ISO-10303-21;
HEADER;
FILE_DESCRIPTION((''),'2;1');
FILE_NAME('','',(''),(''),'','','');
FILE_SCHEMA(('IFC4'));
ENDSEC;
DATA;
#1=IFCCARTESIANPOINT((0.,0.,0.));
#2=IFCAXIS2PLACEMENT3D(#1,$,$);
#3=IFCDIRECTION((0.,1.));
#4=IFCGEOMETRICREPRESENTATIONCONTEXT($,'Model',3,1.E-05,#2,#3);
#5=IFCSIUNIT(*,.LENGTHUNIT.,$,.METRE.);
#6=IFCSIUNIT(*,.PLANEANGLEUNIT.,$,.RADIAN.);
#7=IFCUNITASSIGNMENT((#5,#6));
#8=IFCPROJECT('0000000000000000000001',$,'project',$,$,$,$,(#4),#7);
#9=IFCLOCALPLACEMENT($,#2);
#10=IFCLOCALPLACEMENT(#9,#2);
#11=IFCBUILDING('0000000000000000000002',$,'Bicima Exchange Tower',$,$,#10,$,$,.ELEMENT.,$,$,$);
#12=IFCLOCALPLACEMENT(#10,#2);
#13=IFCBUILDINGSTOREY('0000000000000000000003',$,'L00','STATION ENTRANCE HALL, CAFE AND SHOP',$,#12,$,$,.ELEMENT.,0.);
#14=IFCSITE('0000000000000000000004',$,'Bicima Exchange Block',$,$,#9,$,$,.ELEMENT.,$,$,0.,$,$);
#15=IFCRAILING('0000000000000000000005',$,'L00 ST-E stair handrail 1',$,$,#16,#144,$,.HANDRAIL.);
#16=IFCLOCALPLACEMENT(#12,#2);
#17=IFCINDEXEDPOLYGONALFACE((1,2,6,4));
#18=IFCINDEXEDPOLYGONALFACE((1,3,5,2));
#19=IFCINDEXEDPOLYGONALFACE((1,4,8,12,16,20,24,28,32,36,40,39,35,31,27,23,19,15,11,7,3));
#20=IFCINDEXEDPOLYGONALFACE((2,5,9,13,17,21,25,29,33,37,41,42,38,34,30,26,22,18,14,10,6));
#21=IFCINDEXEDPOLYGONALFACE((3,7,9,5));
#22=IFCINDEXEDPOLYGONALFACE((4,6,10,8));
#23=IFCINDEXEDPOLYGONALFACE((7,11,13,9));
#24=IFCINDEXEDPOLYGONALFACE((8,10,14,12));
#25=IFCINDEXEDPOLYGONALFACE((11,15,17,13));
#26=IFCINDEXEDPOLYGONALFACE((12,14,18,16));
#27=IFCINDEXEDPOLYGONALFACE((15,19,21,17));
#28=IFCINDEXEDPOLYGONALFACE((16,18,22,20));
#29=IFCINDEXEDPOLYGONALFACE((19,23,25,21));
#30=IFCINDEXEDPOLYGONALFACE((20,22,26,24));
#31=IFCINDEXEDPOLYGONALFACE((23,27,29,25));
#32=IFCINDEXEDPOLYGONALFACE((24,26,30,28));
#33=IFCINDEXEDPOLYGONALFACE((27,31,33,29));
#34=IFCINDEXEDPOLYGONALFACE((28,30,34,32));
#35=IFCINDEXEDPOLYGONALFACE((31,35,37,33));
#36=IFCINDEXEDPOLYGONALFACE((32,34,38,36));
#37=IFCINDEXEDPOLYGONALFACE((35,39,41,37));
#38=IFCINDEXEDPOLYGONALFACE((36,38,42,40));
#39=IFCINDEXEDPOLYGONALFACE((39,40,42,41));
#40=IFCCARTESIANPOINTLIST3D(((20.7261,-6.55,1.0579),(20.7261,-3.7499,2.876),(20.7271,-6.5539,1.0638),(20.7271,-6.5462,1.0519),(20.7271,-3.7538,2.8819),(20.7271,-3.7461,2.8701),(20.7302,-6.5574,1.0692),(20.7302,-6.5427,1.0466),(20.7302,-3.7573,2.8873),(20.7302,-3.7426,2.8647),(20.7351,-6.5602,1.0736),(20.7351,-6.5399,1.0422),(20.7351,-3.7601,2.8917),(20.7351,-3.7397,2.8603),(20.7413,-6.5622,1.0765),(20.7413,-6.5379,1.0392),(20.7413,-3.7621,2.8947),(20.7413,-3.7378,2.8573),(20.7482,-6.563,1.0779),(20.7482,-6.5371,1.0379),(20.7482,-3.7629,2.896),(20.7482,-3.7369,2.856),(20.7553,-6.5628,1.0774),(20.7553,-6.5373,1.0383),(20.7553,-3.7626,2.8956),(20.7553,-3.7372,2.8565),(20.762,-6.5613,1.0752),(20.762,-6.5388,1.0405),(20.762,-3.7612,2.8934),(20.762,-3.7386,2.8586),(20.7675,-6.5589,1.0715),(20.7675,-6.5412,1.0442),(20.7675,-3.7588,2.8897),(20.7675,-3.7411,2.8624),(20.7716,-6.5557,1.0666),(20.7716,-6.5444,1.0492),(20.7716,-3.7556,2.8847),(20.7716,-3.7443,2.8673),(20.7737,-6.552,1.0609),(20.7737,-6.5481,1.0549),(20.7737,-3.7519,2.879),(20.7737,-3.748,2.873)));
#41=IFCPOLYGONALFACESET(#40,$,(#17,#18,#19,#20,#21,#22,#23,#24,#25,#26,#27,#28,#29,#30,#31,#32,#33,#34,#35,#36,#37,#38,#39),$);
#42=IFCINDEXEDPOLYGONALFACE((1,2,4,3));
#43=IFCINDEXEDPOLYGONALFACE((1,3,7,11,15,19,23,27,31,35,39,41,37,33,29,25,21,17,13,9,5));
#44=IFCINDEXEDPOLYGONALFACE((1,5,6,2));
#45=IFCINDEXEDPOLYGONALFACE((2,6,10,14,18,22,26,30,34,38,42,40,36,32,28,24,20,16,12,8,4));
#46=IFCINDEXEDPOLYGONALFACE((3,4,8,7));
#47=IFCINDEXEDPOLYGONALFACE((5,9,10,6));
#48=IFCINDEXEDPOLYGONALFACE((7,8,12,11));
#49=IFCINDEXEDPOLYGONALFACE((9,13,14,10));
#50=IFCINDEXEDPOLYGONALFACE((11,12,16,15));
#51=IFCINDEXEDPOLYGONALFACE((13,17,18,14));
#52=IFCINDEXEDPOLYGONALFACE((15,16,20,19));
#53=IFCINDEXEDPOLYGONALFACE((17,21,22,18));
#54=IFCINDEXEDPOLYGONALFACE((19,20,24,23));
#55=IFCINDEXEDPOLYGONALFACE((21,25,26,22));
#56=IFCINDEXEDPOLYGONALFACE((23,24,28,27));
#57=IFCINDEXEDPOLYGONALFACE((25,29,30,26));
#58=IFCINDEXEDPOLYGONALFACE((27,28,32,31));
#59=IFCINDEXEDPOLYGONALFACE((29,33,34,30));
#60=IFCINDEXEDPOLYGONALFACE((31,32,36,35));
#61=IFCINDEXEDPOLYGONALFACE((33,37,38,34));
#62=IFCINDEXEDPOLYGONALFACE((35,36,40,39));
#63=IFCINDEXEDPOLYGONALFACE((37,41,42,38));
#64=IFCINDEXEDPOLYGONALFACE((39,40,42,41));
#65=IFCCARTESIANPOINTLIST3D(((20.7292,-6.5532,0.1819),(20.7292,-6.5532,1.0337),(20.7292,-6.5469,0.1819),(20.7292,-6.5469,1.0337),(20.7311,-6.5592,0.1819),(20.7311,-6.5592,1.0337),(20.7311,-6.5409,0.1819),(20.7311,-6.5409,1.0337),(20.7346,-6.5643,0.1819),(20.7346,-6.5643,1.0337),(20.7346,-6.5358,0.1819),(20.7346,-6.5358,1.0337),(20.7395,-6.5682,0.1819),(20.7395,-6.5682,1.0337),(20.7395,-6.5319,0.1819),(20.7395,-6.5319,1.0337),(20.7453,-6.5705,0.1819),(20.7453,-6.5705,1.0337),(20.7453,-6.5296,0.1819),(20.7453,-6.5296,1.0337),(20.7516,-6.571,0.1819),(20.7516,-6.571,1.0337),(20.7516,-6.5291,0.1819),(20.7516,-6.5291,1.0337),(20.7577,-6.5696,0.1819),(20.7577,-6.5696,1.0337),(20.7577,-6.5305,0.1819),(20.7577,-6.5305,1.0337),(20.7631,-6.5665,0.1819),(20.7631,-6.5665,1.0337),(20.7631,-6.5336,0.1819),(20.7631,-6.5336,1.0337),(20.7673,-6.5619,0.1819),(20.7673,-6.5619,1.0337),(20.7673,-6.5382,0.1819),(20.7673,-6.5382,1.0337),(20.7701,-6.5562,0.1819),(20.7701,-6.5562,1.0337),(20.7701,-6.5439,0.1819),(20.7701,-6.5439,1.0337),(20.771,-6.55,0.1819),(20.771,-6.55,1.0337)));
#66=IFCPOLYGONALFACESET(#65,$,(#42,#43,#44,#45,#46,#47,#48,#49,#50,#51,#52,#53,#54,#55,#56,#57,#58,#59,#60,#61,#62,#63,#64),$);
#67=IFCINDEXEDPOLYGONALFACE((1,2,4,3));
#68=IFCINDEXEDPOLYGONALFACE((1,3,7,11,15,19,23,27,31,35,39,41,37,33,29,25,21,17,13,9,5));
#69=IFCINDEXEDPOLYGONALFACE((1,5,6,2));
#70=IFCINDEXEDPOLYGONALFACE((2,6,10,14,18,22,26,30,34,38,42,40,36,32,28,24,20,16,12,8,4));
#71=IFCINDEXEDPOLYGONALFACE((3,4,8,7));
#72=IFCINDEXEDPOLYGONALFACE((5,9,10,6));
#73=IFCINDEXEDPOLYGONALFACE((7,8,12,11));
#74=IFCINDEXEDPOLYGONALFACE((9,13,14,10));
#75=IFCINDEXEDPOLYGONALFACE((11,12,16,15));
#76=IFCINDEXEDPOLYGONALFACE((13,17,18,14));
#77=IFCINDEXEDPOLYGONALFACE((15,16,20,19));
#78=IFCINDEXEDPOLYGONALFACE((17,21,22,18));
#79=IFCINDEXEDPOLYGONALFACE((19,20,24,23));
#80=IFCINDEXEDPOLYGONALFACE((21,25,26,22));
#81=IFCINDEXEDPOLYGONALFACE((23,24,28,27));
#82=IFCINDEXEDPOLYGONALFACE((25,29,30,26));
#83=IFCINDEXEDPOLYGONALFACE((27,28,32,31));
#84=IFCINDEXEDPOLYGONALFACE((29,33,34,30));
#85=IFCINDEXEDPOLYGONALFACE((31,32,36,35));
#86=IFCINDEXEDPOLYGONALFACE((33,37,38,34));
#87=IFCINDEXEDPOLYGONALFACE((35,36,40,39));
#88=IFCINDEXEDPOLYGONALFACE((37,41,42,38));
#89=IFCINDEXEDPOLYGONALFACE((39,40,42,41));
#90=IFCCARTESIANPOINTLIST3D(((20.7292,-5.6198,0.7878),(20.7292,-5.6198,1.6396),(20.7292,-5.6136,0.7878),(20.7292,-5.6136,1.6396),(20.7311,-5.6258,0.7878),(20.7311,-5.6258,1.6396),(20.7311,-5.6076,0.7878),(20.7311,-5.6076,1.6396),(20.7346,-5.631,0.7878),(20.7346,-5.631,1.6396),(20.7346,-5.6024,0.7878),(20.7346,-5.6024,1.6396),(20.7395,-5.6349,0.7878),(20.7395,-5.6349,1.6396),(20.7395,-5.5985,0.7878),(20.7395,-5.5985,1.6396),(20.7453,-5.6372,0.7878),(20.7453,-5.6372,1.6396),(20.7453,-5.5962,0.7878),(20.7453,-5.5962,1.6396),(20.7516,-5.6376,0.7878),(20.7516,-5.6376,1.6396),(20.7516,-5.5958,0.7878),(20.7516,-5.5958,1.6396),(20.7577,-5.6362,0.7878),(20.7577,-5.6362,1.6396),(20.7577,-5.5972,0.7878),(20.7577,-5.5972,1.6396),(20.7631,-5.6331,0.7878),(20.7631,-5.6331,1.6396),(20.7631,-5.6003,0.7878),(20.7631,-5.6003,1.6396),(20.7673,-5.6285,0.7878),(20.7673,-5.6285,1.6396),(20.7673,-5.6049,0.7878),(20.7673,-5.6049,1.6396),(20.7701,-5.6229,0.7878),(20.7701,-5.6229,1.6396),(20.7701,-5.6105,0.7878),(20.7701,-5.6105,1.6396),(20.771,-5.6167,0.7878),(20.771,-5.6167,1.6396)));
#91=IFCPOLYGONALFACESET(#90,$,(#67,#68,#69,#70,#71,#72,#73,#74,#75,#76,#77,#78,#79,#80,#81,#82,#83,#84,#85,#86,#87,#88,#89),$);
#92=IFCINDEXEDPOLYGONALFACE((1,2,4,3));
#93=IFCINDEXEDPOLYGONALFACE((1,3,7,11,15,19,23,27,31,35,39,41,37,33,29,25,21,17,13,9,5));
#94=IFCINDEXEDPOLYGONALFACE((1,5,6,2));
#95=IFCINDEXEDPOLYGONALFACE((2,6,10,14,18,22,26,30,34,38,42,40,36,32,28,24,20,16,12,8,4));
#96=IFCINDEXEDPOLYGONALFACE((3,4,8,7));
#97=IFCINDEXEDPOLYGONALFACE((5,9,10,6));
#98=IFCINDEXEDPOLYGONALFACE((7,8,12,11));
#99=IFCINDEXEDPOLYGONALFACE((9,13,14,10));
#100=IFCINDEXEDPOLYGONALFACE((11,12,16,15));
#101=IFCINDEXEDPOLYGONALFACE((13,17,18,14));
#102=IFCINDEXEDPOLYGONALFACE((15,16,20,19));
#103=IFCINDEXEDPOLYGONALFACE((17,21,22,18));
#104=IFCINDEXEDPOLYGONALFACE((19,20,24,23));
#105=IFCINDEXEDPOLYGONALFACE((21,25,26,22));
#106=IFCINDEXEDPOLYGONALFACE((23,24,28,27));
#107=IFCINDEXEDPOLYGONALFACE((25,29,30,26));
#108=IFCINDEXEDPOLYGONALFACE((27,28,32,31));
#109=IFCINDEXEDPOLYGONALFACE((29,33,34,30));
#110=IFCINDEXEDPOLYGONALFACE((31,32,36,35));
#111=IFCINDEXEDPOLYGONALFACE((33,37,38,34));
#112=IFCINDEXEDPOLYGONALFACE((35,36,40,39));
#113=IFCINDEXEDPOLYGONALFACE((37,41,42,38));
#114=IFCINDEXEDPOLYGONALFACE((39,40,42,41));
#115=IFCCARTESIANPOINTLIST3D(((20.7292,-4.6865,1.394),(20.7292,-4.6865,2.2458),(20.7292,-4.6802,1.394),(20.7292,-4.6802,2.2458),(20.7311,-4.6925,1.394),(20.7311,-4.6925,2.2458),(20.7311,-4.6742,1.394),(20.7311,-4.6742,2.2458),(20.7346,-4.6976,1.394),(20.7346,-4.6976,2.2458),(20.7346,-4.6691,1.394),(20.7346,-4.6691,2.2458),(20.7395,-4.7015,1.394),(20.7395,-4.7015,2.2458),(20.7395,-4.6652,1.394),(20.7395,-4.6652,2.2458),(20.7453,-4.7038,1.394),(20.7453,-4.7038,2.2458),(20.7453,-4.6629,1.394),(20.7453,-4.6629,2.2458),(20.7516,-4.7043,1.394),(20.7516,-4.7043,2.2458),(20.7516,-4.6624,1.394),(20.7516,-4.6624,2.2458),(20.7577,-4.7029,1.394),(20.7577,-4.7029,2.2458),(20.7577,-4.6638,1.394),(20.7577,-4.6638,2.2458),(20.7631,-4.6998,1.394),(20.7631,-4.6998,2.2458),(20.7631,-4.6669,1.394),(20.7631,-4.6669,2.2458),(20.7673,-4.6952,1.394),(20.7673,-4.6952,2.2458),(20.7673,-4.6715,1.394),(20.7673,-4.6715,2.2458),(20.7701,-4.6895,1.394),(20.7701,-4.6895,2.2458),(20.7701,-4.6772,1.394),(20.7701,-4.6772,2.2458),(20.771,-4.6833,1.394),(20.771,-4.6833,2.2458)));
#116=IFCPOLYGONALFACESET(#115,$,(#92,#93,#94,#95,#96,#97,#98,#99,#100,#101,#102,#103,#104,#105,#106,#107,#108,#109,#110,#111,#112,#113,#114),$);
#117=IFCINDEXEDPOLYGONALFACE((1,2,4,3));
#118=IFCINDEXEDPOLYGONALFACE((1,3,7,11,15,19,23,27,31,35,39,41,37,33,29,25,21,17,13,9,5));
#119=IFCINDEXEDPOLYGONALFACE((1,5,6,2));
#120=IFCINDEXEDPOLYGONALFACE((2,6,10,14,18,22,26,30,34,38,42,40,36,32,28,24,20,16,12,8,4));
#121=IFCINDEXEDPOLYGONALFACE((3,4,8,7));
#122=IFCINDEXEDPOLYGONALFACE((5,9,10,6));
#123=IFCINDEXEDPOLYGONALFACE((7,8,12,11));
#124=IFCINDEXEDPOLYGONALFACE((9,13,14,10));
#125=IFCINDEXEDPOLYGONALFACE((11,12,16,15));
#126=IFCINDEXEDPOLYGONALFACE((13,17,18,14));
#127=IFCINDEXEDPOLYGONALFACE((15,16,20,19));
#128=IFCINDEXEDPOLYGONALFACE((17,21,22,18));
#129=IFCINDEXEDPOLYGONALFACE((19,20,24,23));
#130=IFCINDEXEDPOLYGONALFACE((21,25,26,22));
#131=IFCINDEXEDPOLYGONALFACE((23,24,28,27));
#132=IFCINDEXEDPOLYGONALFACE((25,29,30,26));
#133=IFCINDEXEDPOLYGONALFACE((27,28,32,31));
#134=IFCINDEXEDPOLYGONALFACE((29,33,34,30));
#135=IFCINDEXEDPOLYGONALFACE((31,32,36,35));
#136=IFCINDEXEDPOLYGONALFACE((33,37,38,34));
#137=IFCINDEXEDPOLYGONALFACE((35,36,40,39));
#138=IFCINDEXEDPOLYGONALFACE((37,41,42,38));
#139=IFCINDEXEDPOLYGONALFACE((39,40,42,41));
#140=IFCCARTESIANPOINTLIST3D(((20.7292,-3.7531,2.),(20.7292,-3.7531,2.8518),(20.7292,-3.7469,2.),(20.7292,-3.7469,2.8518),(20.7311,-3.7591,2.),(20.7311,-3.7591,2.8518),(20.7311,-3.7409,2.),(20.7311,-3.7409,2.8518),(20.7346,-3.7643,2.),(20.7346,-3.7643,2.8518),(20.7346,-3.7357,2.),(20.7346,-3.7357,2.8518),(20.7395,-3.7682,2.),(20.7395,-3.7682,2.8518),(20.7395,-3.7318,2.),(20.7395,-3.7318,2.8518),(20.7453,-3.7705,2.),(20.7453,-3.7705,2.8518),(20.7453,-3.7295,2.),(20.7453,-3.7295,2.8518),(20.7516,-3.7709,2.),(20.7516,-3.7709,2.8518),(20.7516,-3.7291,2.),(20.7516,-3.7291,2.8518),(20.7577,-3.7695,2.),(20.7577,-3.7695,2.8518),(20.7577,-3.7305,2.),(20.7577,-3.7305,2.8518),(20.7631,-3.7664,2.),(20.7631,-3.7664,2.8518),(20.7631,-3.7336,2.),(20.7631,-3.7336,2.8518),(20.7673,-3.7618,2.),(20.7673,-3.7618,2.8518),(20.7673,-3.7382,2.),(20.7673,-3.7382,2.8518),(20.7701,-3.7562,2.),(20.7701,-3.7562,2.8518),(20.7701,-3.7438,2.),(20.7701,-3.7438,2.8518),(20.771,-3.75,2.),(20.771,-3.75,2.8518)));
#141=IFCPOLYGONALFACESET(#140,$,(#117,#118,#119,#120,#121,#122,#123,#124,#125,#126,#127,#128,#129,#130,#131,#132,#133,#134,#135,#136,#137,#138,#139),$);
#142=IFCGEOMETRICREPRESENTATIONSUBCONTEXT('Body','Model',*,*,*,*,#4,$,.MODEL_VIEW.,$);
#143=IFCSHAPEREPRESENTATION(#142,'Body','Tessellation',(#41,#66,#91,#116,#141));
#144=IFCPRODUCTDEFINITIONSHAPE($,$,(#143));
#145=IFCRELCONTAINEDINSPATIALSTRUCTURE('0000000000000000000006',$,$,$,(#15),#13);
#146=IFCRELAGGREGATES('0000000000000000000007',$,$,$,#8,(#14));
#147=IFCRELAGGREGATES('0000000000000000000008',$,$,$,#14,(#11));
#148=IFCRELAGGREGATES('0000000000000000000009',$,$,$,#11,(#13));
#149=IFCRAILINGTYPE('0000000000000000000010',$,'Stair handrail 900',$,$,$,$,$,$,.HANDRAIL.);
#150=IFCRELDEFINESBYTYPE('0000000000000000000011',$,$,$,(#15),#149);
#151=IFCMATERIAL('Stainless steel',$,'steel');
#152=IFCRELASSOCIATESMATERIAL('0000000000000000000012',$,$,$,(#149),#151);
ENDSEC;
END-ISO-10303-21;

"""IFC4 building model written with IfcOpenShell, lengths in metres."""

from ifc_helpers import new_model, si_unit, direction, frame, origin, origin_2d, place, context, subcontext, project, spatial, circle, extrude, material, type_object, element, save


model = new_model("IFC4")

# Units and contexts
model_context = context("Model", 3, precision=1e-05, world=origin(), true_north=direction((0.0, 1.0)))
body_context = subcontext(model_context, "Body", "Model", "MODEL_VIEW")
ifc_project = project(units=[si_unit("LENGTHUNIT", "METRE"), si_unit("PLANEANGLEUNIT", "RADIAN")], contexts=[model_context])

# Site, building, storey
site_placement = place(None, origin())
site = spatial("IfcSite", under=ifc_project, at=site_placement, Name="Bicima Exchange Block", CompositionType="ELEMENT", RefElevation=0.0)
building_placement = place(site_placement, origin())
building = spatial("IfcBuilding", under=site, at=building_placement, Name="Bicima Exchange Tower", CompositionType="ELEMENT")
storey_placement = place(building_placement, origin())
storey = spatial("IfcBuildingStorey", under=building, at=storey_placement, Name="L00", Description="STATION ENTRANCE HALL, CAFE AND SHOP", CompositionType="ELEMENT", Elevation=0.0)

# Railing
ifc_material_1 = material(Name="Stainless steel", Category="steel")
railing_type_1 = type_object("IfcRailingType", Name="Stair handrail 900", PredefinedType="HANDRAIL", material=ifc_material_1)
railing_1_placement = place(storey_placement, frame((20.75, -6.55, 0.1819)))
element("IfcRailing", 1, at=railing_1_placement, inside=storey, type_object=railing_type_1, Name="L00 ST-E stair handrail 1", PredefinedType="HANDRAIL", context=body_context, shape_type="SweptSolid", body=[
    extrude(circle(Radius=0.0239, at=origin_2d()), frame((0.0, 0.0, 0.876), z_axis=(0.0, 0.838706, 0.544585), x_axis=(-1.0, 0.0, 0.0)), (0.0, 0.0, 1.0), 3.3386),
    extrude(circle(Radius=0.021, at=origin_2d()), origin(), (0.0, 0.0, 1.0), 0.8518),
    extrude(circle(Radius=0.021, at=origin_2d()), frame((0.0, 0.9333, 0.606)), (0.0, 0.0, 1.0), 0.8518),
    extrude(circle(Radius=0.021, at=origin_2d()), frame((0.0, 1.8667, 1.2122)), (0.0, 0.0, 1.0), 0.8518),
    extrude(circle(Radius=0.021, at=origin_2d()), frame((0.0, 2.8, 1.8181)), (0.0, 0.0, 1.0), 0.8518),
])

save(model, "model.ifc")
